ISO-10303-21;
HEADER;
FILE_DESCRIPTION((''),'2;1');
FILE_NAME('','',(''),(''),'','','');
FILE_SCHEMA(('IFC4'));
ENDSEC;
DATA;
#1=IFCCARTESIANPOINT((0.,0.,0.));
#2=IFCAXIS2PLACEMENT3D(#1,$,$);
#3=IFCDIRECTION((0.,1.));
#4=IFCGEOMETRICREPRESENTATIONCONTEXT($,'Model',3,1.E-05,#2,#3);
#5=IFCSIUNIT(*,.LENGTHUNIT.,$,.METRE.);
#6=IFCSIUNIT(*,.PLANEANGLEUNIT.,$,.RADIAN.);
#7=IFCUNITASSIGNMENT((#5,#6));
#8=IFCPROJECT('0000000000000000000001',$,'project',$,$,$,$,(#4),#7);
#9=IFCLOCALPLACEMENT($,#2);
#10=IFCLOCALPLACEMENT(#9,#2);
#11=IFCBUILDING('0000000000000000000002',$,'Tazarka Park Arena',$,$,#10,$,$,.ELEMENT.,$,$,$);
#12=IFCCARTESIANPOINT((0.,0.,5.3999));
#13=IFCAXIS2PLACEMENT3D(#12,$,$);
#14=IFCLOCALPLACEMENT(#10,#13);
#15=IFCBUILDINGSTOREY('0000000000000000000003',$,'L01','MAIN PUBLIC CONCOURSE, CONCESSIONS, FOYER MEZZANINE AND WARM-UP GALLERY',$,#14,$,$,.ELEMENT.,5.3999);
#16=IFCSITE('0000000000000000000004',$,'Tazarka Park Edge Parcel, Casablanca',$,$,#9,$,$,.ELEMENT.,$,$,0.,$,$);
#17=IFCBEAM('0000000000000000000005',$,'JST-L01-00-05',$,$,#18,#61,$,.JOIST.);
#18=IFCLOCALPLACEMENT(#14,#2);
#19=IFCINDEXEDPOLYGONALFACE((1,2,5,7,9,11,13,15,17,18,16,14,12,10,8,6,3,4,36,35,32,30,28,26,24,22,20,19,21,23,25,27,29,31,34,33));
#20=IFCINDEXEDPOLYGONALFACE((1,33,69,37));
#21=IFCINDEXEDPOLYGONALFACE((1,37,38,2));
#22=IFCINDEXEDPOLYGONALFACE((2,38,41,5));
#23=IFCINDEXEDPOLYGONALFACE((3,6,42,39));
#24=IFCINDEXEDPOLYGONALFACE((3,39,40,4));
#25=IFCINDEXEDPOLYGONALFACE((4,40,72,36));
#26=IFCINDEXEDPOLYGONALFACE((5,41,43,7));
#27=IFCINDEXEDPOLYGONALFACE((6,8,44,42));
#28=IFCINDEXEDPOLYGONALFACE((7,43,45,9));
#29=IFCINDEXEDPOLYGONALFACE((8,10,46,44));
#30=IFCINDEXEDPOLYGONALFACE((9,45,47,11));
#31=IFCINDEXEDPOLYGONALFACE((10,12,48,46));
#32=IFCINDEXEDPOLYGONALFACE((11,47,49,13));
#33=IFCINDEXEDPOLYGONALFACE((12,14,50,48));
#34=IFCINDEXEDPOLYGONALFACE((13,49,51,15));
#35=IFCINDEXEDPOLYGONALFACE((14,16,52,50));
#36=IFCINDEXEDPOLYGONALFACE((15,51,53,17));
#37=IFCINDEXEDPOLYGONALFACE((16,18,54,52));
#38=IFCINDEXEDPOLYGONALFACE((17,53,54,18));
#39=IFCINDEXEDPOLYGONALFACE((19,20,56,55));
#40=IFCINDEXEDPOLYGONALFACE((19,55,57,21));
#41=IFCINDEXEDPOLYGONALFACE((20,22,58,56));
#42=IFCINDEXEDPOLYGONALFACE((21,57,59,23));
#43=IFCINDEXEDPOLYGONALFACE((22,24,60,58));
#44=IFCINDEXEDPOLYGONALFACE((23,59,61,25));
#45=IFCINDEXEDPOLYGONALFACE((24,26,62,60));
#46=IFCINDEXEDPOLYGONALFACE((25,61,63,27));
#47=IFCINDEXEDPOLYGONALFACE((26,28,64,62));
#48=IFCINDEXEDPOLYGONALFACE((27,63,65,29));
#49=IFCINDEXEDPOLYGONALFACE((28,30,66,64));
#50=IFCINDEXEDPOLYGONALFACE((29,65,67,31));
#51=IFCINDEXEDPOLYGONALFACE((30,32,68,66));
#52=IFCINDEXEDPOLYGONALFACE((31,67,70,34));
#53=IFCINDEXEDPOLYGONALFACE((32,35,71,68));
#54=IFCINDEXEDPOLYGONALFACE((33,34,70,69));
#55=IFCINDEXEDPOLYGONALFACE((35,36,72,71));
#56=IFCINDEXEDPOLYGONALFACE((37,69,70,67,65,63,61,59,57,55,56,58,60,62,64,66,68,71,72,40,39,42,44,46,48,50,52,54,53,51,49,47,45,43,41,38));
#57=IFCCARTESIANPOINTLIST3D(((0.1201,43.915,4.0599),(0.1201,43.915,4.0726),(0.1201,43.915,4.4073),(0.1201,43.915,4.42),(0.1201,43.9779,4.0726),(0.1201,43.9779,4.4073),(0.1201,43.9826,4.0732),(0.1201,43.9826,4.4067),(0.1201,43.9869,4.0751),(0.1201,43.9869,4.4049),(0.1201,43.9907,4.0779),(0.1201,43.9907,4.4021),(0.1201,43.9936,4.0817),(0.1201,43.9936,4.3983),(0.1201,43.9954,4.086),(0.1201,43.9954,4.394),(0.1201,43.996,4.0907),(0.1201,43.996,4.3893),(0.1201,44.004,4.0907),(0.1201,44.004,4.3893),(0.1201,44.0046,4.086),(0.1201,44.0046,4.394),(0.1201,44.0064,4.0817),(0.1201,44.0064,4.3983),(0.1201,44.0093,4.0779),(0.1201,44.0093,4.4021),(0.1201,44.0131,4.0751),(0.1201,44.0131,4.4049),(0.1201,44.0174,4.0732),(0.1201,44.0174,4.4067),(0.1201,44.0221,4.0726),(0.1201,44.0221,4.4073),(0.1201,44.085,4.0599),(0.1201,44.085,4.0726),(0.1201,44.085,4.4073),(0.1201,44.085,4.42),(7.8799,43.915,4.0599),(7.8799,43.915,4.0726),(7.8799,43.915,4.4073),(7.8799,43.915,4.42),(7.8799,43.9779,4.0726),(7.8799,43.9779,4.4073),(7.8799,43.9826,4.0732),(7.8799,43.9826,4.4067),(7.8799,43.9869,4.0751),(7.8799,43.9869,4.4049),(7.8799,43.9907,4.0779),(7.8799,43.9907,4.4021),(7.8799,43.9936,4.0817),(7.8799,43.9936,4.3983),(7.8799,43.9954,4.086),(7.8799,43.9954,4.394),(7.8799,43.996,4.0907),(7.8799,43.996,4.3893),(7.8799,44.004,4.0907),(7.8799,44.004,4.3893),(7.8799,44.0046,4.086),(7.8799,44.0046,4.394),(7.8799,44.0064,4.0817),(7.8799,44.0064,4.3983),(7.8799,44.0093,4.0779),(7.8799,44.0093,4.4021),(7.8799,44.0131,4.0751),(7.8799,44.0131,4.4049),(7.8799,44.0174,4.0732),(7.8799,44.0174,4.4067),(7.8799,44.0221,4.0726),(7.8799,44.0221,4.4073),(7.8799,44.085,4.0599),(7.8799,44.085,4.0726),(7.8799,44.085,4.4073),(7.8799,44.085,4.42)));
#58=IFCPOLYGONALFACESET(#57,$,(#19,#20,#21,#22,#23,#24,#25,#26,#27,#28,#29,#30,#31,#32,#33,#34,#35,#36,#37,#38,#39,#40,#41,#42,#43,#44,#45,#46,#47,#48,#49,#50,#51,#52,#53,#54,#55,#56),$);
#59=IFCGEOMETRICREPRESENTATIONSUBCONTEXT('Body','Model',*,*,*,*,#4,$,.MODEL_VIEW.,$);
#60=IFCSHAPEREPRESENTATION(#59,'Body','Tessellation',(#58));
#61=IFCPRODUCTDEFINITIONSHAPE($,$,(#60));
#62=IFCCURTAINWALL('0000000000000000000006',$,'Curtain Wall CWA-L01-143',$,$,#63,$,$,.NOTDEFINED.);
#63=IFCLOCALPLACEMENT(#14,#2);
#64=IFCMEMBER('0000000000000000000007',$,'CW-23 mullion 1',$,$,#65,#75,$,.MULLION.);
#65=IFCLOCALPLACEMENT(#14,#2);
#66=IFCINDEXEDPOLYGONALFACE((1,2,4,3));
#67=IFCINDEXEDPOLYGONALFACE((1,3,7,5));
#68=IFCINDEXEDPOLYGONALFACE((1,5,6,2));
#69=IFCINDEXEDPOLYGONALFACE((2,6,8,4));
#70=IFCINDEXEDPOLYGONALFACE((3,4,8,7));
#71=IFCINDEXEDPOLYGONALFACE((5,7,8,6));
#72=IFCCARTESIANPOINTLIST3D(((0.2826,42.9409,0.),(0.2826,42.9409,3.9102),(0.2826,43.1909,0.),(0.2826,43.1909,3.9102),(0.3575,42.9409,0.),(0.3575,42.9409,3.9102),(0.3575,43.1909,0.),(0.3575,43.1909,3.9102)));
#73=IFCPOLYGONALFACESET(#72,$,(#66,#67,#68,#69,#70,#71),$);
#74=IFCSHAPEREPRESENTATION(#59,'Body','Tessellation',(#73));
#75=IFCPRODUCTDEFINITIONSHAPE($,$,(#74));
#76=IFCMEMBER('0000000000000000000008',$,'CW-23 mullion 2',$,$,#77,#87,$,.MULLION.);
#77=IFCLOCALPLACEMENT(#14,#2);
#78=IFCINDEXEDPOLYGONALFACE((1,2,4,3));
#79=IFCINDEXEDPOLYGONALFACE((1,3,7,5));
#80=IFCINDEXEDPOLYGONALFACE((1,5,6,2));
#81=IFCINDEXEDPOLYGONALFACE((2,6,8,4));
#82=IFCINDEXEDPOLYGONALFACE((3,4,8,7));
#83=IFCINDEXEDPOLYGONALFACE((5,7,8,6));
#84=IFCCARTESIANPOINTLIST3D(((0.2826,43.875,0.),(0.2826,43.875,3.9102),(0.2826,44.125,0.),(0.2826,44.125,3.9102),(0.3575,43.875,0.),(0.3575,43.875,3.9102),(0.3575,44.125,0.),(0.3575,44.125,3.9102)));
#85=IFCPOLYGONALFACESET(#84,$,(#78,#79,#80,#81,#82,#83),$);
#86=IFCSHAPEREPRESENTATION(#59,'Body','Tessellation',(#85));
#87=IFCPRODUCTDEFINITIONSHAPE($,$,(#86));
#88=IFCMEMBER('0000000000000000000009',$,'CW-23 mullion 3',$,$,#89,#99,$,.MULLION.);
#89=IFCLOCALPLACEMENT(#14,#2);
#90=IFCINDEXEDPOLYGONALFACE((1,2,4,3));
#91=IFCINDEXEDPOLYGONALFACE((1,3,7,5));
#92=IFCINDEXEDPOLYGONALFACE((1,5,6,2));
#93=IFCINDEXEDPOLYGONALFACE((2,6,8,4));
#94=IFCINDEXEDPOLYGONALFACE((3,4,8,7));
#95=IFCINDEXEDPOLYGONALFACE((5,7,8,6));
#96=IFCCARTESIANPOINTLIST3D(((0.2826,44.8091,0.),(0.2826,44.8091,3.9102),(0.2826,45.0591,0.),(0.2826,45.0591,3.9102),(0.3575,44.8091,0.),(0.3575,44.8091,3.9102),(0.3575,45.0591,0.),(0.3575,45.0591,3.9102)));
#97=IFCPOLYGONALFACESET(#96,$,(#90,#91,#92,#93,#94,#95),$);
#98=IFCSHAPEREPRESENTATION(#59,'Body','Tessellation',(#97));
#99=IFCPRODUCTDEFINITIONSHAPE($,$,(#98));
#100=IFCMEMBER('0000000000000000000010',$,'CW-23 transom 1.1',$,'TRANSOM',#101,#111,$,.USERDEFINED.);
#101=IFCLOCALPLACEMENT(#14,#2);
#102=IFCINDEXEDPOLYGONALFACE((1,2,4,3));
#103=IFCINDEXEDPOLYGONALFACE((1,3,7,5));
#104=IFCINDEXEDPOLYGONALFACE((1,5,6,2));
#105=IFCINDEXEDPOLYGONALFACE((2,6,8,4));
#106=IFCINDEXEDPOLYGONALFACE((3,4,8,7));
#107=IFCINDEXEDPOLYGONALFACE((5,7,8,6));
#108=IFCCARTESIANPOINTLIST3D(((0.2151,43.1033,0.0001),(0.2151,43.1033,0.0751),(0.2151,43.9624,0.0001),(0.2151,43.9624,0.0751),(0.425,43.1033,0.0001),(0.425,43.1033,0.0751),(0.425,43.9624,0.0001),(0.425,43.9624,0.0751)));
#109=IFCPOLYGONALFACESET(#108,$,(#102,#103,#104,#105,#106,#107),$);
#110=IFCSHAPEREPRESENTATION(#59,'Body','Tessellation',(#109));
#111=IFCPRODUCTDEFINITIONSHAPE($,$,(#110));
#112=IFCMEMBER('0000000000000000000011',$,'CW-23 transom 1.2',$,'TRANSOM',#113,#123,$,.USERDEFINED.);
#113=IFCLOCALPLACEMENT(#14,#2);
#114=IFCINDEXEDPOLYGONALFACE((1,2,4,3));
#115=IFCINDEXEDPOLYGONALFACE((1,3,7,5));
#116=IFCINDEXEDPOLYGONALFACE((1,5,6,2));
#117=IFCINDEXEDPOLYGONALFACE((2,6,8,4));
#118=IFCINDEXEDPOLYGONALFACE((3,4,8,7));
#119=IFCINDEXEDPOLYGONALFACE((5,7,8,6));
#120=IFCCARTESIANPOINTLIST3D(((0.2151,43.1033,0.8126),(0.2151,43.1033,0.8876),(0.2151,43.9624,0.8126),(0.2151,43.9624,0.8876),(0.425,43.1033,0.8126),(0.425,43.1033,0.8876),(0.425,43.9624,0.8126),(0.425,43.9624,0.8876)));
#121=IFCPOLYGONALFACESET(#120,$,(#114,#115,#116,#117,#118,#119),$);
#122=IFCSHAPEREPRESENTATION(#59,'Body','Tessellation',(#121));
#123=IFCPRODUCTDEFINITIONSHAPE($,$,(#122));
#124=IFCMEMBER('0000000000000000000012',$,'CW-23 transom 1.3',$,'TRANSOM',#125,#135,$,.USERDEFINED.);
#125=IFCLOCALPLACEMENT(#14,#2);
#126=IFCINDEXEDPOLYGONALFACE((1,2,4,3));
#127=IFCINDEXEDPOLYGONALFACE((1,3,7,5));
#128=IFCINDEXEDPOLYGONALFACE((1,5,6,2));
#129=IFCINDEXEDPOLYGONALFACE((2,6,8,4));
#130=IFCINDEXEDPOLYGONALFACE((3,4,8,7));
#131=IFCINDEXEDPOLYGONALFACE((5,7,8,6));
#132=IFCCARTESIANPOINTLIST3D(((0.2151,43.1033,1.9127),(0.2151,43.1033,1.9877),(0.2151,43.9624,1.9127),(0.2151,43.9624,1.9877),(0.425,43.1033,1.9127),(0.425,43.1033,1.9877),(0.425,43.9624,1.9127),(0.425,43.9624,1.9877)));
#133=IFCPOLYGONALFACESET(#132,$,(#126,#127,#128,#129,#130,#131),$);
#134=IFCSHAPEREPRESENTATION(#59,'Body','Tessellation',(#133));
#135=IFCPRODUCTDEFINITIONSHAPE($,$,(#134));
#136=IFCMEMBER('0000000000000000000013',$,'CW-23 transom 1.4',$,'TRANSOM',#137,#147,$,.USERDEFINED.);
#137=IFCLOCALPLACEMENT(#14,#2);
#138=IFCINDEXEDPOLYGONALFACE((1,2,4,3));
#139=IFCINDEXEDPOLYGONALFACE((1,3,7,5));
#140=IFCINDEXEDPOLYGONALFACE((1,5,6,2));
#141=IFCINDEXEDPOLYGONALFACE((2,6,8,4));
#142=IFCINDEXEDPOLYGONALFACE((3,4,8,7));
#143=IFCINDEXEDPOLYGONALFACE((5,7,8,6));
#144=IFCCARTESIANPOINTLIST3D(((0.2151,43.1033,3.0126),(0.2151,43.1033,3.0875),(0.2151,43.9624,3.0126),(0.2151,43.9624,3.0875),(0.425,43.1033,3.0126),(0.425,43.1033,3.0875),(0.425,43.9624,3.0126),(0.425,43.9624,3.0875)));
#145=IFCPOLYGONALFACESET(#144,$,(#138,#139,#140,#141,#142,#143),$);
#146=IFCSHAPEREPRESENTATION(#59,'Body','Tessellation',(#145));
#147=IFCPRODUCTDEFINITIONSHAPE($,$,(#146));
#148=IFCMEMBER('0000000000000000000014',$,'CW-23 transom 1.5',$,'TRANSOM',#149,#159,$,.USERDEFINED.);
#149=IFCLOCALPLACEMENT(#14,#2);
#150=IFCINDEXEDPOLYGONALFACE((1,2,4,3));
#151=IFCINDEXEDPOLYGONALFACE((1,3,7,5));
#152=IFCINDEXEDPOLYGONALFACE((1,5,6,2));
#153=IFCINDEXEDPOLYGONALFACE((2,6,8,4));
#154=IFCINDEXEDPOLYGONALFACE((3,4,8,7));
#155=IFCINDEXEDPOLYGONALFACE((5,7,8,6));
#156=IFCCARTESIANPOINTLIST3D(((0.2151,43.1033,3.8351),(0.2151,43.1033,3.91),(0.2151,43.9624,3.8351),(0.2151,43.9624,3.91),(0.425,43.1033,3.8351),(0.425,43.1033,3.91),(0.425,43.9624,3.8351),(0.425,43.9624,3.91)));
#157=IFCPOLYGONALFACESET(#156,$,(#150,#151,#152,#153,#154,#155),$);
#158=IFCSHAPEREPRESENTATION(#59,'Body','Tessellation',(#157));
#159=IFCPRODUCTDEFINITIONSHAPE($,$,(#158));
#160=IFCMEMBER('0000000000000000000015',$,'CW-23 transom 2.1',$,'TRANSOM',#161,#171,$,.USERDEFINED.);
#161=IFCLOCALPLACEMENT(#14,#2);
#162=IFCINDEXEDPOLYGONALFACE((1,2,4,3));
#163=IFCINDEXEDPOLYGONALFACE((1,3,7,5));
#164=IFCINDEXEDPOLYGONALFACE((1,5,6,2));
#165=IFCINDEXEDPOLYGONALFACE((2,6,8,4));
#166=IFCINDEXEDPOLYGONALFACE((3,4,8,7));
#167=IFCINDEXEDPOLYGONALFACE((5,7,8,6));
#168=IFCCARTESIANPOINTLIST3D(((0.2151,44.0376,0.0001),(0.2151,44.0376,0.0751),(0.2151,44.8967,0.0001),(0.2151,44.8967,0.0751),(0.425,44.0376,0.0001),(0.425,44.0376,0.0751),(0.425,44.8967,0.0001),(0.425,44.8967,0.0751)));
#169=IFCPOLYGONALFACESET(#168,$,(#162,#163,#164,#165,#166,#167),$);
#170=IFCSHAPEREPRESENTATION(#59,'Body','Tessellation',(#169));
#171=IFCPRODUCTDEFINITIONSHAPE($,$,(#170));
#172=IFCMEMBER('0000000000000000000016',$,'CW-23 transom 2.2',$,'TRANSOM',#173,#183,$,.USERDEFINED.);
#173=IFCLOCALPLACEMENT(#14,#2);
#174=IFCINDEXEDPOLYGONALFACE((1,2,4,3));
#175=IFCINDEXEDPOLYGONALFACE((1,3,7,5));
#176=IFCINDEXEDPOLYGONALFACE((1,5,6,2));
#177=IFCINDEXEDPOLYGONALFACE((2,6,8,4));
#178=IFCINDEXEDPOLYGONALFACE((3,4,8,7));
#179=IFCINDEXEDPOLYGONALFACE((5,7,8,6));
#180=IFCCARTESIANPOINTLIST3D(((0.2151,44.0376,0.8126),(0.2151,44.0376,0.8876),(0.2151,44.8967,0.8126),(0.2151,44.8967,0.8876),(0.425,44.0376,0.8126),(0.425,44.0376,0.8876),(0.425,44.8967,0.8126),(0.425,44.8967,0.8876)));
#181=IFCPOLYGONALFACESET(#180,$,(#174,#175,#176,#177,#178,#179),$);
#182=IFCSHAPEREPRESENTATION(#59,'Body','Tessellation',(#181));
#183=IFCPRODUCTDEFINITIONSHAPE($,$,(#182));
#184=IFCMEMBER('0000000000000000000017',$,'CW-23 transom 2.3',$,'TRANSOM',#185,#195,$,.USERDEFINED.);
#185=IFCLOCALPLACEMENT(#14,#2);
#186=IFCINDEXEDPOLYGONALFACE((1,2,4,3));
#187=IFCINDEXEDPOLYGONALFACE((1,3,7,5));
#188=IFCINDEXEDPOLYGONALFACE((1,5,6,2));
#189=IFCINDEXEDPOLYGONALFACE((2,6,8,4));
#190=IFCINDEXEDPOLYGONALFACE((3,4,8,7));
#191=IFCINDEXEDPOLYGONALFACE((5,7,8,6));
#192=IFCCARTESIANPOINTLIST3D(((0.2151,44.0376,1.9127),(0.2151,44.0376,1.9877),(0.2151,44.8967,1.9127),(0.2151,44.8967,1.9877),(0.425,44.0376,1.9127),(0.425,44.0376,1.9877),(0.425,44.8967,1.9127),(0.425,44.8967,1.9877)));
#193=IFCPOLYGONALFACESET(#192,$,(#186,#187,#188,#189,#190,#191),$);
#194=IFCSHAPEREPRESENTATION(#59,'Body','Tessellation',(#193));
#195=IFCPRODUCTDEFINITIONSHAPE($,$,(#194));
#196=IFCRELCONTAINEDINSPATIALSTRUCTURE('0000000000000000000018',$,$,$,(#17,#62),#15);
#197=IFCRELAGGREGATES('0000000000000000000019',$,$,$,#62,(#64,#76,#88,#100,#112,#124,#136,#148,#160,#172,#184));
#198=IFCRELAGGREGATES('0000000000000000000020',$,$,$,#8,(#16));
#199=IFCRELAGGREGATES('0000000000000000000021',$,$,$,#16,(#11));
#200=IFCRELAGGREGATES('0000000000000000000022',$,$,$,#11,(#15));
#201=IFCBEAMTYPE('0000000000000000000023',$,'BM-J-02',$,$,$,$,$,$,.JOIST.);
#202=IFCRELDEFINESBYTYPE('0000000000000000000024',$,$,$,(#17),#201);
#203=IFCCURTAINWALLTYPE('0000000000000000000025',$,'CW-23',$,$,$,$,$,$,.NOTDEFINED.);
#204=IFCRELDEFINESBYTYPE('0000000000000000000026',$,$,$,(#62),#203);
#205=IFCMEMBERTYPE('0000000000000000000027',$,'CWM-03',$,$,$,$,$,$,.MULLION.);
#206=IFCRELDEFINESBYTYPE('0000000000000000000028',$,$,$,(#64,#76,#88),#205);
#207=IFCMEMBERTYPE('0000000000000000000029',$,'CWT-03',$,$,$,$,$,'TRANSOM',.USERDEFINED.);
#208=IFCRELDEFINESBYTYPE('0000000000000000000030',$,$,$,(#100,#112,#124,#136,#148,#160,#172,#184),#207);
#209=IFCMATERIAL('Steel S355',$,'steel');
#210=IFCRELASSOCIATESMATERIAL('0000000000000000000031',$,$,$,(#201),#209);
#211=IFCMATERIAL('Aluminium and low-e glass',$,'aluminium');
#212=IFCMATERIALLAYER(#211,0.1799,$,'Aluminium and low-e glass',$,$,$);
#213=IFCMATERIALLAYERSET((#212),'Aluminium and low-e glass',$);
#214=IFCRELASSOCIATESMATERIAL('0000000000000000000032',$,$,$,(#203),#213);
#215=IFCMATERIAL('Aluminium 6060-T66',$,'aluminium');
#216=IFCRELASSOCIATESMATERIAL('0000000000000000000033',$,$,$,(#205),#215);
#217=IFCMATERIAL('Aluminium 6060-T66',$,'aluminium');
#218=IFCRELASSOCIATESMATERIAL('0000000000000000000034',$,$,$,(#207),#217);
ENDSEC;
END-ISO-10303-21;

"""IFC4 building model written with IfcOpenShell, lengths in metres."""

from ifc_helpers import new_model, si_unit, direction, frame, origin, origin_2d, place, context, subcontext, project, spatial, rectangle, i_section, extrude, material, layer, layer_set, material_profile, profile_set, type_object, element, aggregate, save


model = new_model("IFC4")

# Units and contexts
model_context = context("Model", 3, precision=1e-05, world=origin(), true_north=direction((0.0, 1.0)))
body_context = subcontext(model_context, "Body", "Model", "MODEL_VIEW")
ifc_project = project(units=[si_unit("LENGTHUNIT", "METRE"), si_unit("PLANEANGLEUNIT", "RADIAN")], contexts=[model_context])

# Site, building, storey
site_placement = place(None, origin())
site = spatial("IfcSite", under=ifc_project, at=site_placement, Name="Tazarka Park Edge Parcel, Casablanca", CompositionType="ELEMENT", RefElevation=0.0)
building_placement = place(site_placement, origin())
building = spatial("IfcBuilding", under=site, at=building_placement, Name="Tazarka Park Arena", CompositionType="ELEMENT")
storey_placement = place(building_placement, frame((0.0, 0.0, 5.3999)))
storey = spatial("IfcBuildingStorey", under=building, at=storey_placement, Name="L01", Description="MAIN PUBLIC CONCOURSE, CONCESSIONS, FOYER MEZZANINE AND WARM-UP GALLERY", CompositionType="ELEMENT", Elevation=5.3999)

# Beam
ifc_material_1 = material(Name="Steel S355", Category="steel")
ifc_material_profile_1 = material_profile(ifc_material_1, i_section(OverallWidth=0.1699, OverallDepth=0.3601, WebThickness=0.0081, FlangeThickness=0.0127, FilletRadius=0.0181, at=origin_2d()), Name="Steel S355")
ifc_profile_set_1 = profile_set([ifc_material_profile_1], Name="Steel S355")
beam_type = type_object("IfcBeamType", Name="BM-J-02", PredefinedType="JOIST", material=ifc_profile_set_1)
beam_placement = place(storey_placement, frame((0.1201, 44.0, 4.24), z_axis=(1.0, 0.0, 0.0), x_axis=(0.0, 1.0, 0.0)))
element("IfcBeam", 1, at=beam_placement, inside=storey, type_object=beam_type, Name="JST-L01-00-05", PredefinedType="JOIST", context=body_context, shape_type="SweptSolid", body=[
    extrude(i_section(OverallWidth=0.1699, OverallDepth=0.3601, WebThickness=0.0081, FlangeThickness=0.0127, FilletRadius=0.0181, at=origin_2d()), origin(), (0.0, 0.0, 1.0), 7.7598),
])

# Curtain wall, members
ifc_material_2 = material(Name="Aluminium and low-e glass", Category="aluminium")
ifc_layer_1 = layer(ifc_material_2, 0.1799, Name="Aluminium and low-e glass")
ifc_layer_set_1 = layer_set([ifc_layer_1], Name="Aluminium and low-e glass")
curtain_wall_type = type_object("IfcCurtainWallType", Name="CW-23", PredefinedType="NOTDEFINED", material=ifc_layer_set_1)
curtain_wall_placement = place(storey_placement, origin())
curtain_wall = element("IfcCurtainWall", 2, at=curtain_wall_placement, inside=storey, type_object=curtain_wall_type, Name="Curtain Wall CWA-L01-143", PredefinedType="NOTDEFINED")
ifc_material_3 = material(Name="Aluminium 6060-T66", Category="aluminium")
ifc_material_profile_2 = material_profile(ifc_material_3, rectangle(XDim=0.075, YDim=0.25, at=origin_2d()), Name="Aluminium 6060-T66")
ifc_profile_set_2 = profile_set([ifc_material_profile_2], Name="Aluminium 6060-T66")
member_type_1 = type_object("IfcMemberType", Name="CWM-03", PredefinedType="MULLION", material=ifc_profile_set_2)
member_1_placement = place(storey_placement, frame((0.3201, 43.0659, 0.0), z_axis=(0.0, 0.0, 1.0), x_axis=(-1.0, 0.0, 0.0)))
member_1 = element("IfcMember", 3, at=member_1_placement, type_object=member_type_1, Name="CW-23 mullion 1", PredefinedType="MULLION", context=body_context, shape_type="SweptSolid", body=[
    extrude(rectangle(XDim=0.075, YDim=0.25, at=origin_2d()), origin(), (0.0, 0.0, 1.0), 3.9102),
])
member_2_placement = place(storey_placement, frame((0.3201, 44.0, 0.0), z_axis=(0.0, 0.0, 1.0), x_axis=(-1.0, 0.0, 0.0)))
member_2 = element("IfcMember", 4, at=member_2_placement, type_object=member_type_1, Name="CW-23 mullion 2", PredefinedType="MULLION", context=body_context, shape_type="SweptSolid", body=[
    extrude(rectangle(XDim=0.075, YDim=0.25, at=origin_2d()), origin(), (0.0, 0.0, 1.0), 3.9102),
])
member_3_placement = place(storey_placement, frame((0.3201, 44.9341, 0.0), z_axis=(0.0, 0.0, 1.0), x_axis=(-1.0, 0.0, 0.0)))
member_3 = element("IfcMember", 5, at=member_3_placement, type_object=member_type_1, Name="CW-23 mullion 3", PredefinedType="MULLION", context=body_context, shape_type="SweptSolid", body=[
    extrude(rectangle(XDim=0.075, YDim=0.25, at=origin_2d()), origin(), (0.0, 0.0, 1.0), 3.9102),
])
ifc_material_4 = material(Name="Aluminium 6060-T66", Category="aluminium")
ifc_material_profile_3 = material_profile(ifc_material_4, rectangle(XDim=0.21, YDim=0.075, at=origin_2d()), Name="Aluminium 6060-T66")
ifc_profile_set_3 = profile_set([ifc_material_profile_3], Name="Aluminium 6060-T66")
member_type_2 = type_object("IfcMemberType", Name="CWT-03", ElementType="TRANSOM", PredefinedType="USERDEFINED", material=ifc_profile_set_3)
member_4_placement = place(storey_placement, frame((0.3201, 43.1033, 0.0376), z_axis=(0.0, 1.0, 0.0), x_axis=(-1.0, 0.0, 0.0)))
member_4 = element("IfcMember", 6, at=member_4_placement, type_object=member_type_2, Name="CW-23 transom 1.1", ObjectType="TRANSOM", PredefinedType="USERDEFINED", context=body_context, shape_type="SweptSolid", body=[
    extrude(rectangle(XDim=0.21, YDim=0.075, at=origin_2d()), origin(), (0.0, 0.0, 1.0), 0.8591),
])
member_5_placement = place(storey_placement, frame((0.3201, 43.1033, 0.8501), z_axis=(0.0, 1.0, 0.0), x_axis=(-1.0, 0.0, 0.0)))
member_5 = element("IfcMember", 7, at=member_5_placement, type_object=member_type_2, Name="CW-23 transom 1.2", ObjectType="TRANSOM", PredefinedType="USERDEFINED", context=body_context, shape_type="SweptSolid", body=[
    extrude(rectangle(XDim=0.21, YDim=0.075, at=origin_2d()), origin(), (0.0, 0.0, 1.0), 0.8591),
])
member_6_placement = place(storey_placement, frame((0.3201, 43.1033, 1.9502), z_axis=(0.0, 1.0, 0.0), x_axis=(-1.0, 0.0, 0.0)))
member_6 = element("IfcMember", 8, at=member_6_placement, type_object=member_type_2, Name="CW-23 transom 1.3", ObjectType="TRANSOM", PredefinedType="USERDEFINED", context=body_context, shape_type="SweptSolid", body=[
    extrude(rectangle(XDim=0.21, YDim=0.075, at=origin_2d()), origin(), (0.0, 0.0, 1.0), 0.8591),
])
member_7_placement = place(storey_placement, frame((0.3201, 43.1033, 3.05), z_axis=(0.0, 1.0, 0.0), x_axis=(-1.0, 0.0, 0.0)))
member_7 = element("IfcMember", 9, at=member_7_placement, type_object=member_type_2, Name="CW-23 transom 1.4", ObjectType="TRANSOM", PredefinedType="USERDEFINED", context=body_context, shape_type="SweptSolid", body=[
    extrude(rectangle(XDim=0.21, YDim=0.075, at=origin_2d()), origin(), (0.0, 0.0, 1.0), 0.8591),
])
member_8_placement = place(storey_placement, frame((0.3201, 43.1033, 3.8726), z_axis=(0.0, 1.0, 0.0), x_axis=(-1.0, 0.0, 0.0)))
member_8 = element("IfcMember", 10, at=member_8_placement, type_object=member_type_2, Name="CW-23 transom 1.5", ObjectType="TRANSOM", PredefinedType="USERDEFINED", context=body_context, shape_type="SweptSolid", body=[
    extrude(rectangle(XDim=0.21, YDim=0.075, at=origin_2d()), origin(), (0.0, 0.0, 1.0), 0.8591),
])
member_9_placement = place(storey_placement, frame((0.3201, 44.0376, 0.0376), z_axis=(0.0, 1.0, 0.0), x_axis=(-1.0, 0.0, 0.0)))
member_9 = element("IfcMember", 11, at=member_9_placement, type_object=member_type_2, Name="CW-23 transom 2.1", ObjectType="TRANSOM", PredefinedType="USERDEFINED", context=body_context, shape_type="SweptSolid", body=[
    extrude(rectangle(XDim=0.21, YDim=0.075, at=origin_2d()), origin(), (0.0, 0.0, 1.0), 0.8591),
])
member_10_placement = place(storey_placement, frame((0.3201, 44.0376, 0.8501), z_axis=(0.0, 1.0, 0.0), x_axis=(-1.0, 0.0, 0.0)))
member_10 = element("IfcMember", 12, at=member_10_placement, type_object=member_type_2, Name="CW-23 transom 2.2", ObjectType="TRANSOM", PredefinedType="USERDEFINED", context=body_context, shape_type="SweptSolid", body=[
    extrude(rectangle(XDim=0.21, YDim=0.075, at=origin_2d()), origin(), (0.0, 0.0, 1.0), 0.8591),
])
member_11_placement = place(storey_placement, frame((0.3201, 44.0376, 1.9502), z_axis=(0.0, 1.0, 0.0), x_axis=(-1.0, 0.0, 0.0)))
member_11 = element("IfcMember", 13, at=member_11_placement, type_object=member_type_2, Name="CW-23 transom 2.3", ObjectType="TRANSOM", PredefinedType="USERDEFINED", context=body_context, shape_type="SweptSolid", body=[
    extrude(rectangle(XDim=0.21, YDim=0.075, at=origin_2d()), origin(), (0.0, 0.0, 1.0), 0.8591),
])
aggregate(curtain_wall, [member_1, member_2, member_3, member_4, member_5, member_6, member_7, member_8, member_9, member_10, member_11])

save(model, "model.ifc")
